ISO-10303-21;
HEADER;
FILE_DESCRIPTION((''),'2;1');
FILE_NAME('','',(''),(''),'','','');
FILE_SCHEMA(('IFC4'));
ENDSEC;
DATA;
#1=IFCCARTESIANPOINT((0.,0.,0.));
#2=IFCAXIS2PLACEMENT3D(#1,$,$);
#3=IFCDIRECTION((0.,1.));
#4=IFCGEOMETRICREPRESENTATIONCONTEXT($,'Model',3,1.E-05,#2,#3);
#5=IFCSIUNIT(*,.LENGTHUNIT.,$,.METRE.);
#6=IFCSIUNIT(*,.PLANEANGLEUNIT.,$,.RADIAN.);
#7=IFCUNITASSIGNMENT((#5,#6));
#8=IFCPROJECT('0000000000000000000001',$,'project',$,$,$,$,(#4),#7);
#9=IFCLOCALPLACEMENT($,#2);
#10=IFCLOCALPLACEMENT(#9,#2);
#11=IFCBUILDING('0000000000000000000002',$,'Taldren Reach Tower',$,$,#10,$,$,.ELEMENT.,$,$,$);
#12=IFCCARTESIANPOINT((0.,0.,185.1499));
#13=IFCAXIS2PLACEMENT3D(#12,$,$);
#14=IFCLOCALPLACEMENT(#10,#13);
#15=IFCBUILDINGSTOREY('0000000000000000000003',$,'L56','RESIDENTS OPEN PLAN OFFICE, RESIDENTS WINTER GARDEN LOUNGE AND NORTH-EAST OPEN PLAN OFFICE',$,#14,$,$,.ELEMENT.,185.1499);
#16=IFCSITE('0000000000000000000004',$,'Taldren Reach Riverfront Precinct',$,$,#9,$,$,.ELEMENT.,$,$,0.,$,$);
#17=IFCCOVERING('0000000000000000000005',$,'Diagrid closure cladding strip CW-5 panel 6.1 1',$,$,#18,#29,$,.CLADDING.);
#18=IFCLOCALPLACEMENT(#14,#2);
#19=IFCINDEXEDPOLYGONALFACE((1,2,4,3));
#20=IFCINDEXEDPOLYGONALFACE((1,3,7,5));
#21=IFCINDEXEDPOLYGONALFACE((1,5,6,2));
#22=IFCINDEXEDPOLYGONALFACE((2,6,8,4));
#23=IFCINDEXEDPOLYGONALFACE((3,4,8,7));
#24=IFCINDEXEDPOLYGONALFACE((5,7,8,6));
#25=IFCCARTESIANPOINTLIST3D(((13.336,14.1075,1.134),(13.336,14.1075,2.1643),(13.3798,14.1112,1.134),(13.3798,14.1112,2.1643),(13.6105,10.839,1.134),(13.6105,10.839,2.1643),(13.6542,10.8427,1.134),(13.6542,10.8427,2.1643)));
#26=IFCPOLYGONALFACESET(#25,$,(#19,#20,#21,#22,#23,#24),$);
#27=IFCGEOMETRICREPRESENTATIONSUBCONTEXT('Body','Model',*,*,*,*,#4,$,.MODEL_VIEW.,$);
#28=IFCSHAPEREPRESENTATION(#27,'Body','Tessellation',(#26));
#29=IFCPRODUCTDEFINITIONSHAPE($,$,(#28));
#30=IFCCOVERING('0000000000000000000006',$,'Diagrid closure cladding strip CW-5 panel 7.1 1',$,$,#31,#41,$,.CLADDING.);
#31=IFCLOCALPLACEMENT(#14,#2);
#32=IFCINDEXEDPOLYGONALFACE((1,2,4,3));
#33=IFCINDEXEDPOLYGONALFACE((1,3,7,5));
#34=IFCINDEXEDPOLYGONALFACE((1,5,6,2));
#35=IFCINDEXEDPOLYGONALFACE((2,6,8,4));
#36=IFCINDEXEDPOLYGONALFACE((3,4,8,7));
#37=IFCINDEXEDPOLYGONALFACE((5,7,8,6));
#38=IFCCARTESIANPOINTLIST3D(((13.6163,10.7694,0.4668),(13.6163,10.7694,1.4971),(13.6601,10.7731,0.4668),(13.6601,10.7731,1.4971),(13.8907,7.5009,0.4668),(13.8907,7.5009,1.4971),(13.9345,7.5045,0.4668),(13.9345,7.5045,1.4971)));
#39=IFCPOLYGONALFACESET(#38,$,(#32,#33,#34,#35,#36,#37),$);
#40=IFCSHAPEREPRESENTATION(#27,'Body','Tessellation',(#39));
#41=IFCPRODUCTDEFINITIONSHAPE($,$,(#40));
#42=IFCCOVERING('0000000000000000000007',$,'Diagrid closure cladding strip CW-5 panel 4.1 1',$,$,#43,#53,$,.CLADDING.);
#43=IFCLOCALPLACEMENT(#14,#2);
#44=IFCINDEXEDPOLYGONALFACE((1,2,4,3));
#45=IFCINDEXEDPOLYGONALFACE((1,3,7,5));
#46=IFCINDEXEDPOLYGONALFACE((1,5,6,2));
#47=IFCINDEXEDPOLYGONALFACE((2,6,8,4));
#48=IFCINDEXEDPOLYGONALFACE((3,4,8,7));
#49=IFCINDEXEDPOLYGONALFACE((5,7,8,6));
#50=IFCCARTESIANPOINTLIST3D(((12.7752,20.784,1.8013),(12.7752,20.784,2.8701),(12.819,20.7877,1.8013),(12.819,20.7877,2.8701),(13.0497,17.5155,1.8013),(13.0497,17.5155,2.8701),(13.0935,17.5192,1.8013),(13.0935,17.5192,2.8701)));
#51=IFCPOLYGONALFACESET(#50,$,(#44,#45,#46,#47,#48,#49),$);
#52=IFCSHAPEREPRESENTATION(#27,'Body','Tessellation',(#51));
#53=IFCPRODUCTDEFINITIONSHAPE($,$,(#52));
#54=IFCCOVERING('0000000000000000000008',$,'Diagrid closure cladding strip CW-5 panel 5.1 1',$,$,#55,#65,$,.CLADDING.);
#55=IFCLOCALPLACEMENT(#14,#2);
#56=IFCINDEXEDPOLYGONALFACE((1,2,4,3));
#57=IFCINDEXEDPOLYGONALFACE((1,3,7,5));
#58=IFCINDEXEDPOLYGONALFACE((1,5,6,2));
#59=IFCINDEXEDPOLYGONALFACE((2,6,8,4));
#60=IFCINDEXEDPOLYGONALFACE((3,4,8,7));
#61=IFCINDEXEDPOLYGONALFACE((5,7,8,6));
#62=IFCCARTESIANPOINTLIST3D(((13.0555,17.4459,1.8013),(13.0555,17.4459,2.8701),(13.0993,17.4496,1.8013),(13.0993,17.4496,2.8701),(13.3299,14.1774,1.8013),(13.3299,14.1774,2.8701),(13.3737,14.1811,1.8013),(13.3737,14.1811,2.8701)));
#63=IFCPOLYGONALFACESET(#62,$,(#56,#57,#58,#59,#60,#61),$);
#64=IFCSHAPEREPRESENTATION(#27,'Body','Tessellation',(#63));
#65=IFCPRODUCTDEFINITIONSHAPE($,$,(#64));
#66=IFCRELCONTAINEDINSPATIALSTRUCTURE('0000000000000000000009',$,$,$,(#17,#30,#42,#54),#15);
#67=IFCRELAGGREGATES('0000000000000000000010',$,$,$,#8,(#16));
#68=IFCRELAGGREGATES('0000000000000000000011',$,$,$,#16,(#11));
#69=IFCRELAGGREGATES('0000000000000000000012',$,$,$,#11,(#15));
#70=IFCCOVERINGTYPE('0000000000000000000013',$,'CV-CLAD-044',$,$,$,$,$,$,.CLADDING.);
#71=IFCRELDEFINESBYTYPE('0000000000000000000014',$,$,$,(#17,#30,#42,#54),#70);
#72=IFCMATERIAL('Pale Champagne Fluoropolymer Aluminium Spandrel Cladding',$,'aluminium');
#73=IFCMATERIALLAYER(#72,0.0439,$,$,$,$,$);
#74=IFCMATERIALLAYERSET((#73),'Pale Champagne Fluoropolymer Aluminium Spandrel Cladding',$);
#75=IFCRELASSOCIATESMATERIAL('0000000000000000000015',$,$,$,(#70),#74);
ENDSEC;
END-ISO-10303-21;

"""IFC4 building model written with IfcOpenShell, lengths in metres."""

from ifc_helpers import new_model, si_unit, direction, frame, origin, origin_2d, place, context, subcontext, project, spatial, rectangle, extrude, source, transform, mapped, material, layer, layer_set, type_object, element, save


model = new_model("IFC4")

# Units and contexts
model_context = context("Model", 3, precision=1e-05, world=origin(), true_north=direction((0.0, 1.0)))
body_context = subcontext(model_context, "Body", "Model", "MODEL_VIEW")
ifc_project = project(units=[si_unit("LENGTHUNIT", "METRE"), si_unit("PLANEANGLEUNIT", "RADIAN")], contexts=[model_context])

# Site, building, storey
site_placement = place(None, origin())
site = spatial("IfcSite", under=ifc_project, at=site_placement, Name="Taldren Reach Riverfront Precinct", CompositionType="ELEMENT", RefElevation=0.0)
building_placement = place(site_placement, origin())
building = spatial("IfcBuilding", under=site, at=building_placement, Name="Taldren Reach Tower", CompositionType="ELEMENT")
storey_placement = place(building_placement, frame((0.0, 0.0, 185.1499)))
storey = spatial("IfcBuildingStorey", under=building, at=storey_placement, Name="L56", Description="RESIDENTS OPEN PLAN OFFICE, RESIDENTS WINTER GARDEN LOUNGE AND NORTH-EAST OPEN PLAN OFFICE", CompositionType="ELEMENT", Elevation=185.1499)

# Coverings
ifc_material_1 = material(Name="Pale Champagne Fluoropolymer Aluminium Spandrel Cladding", Category="aluminium")
ifc_layer_1 = layer(ifc_material_1, 0.0439)
ifc_layer_set_1 = layer_set([ifc_layer_1], Name="Pale Champagne Fluoropolymer Aluminium Spandrel Cladding")
covering_type = type_object("IfcCoveringType", Name="CV-CLAD-044", PredefinedType="CLADDING", material=ifc_layer_set_1)
shared_shape_1 = source(origin(), body_context, "Body", "SweptSolid", [
    extrude(rectangle(XDim=3.28, YDim=0.0439, at=origin_2d()), origin(), (0.0, 0.0, 1.0), 1.0303),
])
for number, where, z_axis, x_axis, name in (
    (1, (13.4951, 12.4751, 1.134), (0.0, 0.0, 1.0), (0.083678, -0.996493, 0.0), "Diagrid closure cladding strip CW-5 panel 6.1 1"),
    (2, (13.7754, 9.137, 0.4668), (0.0, 0.0, 1.0), (0.083678, -0.996493, 0.0), "Diagrid closure cladding strip CW-5 panel 7.1 1"),
):
    element("IfcCovering", number, at=place(storey_placement, frame(where, z_axis=z_axis, x_axis=x_axis)), inside=storey, type_object=covering_type, Name=name, PredefinedType="CLADDING", context=body_context, shape_type="MappedRepresentation", body=[
        mapped(shared_shape_1, transform((0.0, 0.0, 0.0), scale=1.0)),
    ])
shared_shape_2 = source(origin(), body_context, "Body", "SweptSolid", [
    extrude(rectangle(XDim=3.28, YDim=0.0439, at=origin_2d()), origin(), (0.0, 0.0, 1.0), 1.0688),
])
for number, where, z_axis, x_axis, name in (
    (3, (12.9343, 19.1516, 1.8013), (0.0, 0.0, 1.0), (0.083678, -0.996493, 0.0), "Diagrid closure cladding strip CW-5 panel 4.1 1"),
    (4, (13.2146, 15.8135, 1.8013), (0.0, 0.0, 1.0), (0.083678, -0.996493, 0.0), "Diagrid closure cladding strip CW-5 panel 5.1 1"),
):
    element("IfcCovering", number, at=place(storey_placement, frame(where, z_axis=z_axis, x_axis=x_axis)), inside=storey, type_object=covering_type, Name=name, PredefinedType="CLADDING", context=body_context, shape_type="MappedRepresentation", body=[
        mapped(shared_shape_2, transform((0.0, 0.0, 0.0), scale=1.0)),
    ])

save(model, "model.ifc")
